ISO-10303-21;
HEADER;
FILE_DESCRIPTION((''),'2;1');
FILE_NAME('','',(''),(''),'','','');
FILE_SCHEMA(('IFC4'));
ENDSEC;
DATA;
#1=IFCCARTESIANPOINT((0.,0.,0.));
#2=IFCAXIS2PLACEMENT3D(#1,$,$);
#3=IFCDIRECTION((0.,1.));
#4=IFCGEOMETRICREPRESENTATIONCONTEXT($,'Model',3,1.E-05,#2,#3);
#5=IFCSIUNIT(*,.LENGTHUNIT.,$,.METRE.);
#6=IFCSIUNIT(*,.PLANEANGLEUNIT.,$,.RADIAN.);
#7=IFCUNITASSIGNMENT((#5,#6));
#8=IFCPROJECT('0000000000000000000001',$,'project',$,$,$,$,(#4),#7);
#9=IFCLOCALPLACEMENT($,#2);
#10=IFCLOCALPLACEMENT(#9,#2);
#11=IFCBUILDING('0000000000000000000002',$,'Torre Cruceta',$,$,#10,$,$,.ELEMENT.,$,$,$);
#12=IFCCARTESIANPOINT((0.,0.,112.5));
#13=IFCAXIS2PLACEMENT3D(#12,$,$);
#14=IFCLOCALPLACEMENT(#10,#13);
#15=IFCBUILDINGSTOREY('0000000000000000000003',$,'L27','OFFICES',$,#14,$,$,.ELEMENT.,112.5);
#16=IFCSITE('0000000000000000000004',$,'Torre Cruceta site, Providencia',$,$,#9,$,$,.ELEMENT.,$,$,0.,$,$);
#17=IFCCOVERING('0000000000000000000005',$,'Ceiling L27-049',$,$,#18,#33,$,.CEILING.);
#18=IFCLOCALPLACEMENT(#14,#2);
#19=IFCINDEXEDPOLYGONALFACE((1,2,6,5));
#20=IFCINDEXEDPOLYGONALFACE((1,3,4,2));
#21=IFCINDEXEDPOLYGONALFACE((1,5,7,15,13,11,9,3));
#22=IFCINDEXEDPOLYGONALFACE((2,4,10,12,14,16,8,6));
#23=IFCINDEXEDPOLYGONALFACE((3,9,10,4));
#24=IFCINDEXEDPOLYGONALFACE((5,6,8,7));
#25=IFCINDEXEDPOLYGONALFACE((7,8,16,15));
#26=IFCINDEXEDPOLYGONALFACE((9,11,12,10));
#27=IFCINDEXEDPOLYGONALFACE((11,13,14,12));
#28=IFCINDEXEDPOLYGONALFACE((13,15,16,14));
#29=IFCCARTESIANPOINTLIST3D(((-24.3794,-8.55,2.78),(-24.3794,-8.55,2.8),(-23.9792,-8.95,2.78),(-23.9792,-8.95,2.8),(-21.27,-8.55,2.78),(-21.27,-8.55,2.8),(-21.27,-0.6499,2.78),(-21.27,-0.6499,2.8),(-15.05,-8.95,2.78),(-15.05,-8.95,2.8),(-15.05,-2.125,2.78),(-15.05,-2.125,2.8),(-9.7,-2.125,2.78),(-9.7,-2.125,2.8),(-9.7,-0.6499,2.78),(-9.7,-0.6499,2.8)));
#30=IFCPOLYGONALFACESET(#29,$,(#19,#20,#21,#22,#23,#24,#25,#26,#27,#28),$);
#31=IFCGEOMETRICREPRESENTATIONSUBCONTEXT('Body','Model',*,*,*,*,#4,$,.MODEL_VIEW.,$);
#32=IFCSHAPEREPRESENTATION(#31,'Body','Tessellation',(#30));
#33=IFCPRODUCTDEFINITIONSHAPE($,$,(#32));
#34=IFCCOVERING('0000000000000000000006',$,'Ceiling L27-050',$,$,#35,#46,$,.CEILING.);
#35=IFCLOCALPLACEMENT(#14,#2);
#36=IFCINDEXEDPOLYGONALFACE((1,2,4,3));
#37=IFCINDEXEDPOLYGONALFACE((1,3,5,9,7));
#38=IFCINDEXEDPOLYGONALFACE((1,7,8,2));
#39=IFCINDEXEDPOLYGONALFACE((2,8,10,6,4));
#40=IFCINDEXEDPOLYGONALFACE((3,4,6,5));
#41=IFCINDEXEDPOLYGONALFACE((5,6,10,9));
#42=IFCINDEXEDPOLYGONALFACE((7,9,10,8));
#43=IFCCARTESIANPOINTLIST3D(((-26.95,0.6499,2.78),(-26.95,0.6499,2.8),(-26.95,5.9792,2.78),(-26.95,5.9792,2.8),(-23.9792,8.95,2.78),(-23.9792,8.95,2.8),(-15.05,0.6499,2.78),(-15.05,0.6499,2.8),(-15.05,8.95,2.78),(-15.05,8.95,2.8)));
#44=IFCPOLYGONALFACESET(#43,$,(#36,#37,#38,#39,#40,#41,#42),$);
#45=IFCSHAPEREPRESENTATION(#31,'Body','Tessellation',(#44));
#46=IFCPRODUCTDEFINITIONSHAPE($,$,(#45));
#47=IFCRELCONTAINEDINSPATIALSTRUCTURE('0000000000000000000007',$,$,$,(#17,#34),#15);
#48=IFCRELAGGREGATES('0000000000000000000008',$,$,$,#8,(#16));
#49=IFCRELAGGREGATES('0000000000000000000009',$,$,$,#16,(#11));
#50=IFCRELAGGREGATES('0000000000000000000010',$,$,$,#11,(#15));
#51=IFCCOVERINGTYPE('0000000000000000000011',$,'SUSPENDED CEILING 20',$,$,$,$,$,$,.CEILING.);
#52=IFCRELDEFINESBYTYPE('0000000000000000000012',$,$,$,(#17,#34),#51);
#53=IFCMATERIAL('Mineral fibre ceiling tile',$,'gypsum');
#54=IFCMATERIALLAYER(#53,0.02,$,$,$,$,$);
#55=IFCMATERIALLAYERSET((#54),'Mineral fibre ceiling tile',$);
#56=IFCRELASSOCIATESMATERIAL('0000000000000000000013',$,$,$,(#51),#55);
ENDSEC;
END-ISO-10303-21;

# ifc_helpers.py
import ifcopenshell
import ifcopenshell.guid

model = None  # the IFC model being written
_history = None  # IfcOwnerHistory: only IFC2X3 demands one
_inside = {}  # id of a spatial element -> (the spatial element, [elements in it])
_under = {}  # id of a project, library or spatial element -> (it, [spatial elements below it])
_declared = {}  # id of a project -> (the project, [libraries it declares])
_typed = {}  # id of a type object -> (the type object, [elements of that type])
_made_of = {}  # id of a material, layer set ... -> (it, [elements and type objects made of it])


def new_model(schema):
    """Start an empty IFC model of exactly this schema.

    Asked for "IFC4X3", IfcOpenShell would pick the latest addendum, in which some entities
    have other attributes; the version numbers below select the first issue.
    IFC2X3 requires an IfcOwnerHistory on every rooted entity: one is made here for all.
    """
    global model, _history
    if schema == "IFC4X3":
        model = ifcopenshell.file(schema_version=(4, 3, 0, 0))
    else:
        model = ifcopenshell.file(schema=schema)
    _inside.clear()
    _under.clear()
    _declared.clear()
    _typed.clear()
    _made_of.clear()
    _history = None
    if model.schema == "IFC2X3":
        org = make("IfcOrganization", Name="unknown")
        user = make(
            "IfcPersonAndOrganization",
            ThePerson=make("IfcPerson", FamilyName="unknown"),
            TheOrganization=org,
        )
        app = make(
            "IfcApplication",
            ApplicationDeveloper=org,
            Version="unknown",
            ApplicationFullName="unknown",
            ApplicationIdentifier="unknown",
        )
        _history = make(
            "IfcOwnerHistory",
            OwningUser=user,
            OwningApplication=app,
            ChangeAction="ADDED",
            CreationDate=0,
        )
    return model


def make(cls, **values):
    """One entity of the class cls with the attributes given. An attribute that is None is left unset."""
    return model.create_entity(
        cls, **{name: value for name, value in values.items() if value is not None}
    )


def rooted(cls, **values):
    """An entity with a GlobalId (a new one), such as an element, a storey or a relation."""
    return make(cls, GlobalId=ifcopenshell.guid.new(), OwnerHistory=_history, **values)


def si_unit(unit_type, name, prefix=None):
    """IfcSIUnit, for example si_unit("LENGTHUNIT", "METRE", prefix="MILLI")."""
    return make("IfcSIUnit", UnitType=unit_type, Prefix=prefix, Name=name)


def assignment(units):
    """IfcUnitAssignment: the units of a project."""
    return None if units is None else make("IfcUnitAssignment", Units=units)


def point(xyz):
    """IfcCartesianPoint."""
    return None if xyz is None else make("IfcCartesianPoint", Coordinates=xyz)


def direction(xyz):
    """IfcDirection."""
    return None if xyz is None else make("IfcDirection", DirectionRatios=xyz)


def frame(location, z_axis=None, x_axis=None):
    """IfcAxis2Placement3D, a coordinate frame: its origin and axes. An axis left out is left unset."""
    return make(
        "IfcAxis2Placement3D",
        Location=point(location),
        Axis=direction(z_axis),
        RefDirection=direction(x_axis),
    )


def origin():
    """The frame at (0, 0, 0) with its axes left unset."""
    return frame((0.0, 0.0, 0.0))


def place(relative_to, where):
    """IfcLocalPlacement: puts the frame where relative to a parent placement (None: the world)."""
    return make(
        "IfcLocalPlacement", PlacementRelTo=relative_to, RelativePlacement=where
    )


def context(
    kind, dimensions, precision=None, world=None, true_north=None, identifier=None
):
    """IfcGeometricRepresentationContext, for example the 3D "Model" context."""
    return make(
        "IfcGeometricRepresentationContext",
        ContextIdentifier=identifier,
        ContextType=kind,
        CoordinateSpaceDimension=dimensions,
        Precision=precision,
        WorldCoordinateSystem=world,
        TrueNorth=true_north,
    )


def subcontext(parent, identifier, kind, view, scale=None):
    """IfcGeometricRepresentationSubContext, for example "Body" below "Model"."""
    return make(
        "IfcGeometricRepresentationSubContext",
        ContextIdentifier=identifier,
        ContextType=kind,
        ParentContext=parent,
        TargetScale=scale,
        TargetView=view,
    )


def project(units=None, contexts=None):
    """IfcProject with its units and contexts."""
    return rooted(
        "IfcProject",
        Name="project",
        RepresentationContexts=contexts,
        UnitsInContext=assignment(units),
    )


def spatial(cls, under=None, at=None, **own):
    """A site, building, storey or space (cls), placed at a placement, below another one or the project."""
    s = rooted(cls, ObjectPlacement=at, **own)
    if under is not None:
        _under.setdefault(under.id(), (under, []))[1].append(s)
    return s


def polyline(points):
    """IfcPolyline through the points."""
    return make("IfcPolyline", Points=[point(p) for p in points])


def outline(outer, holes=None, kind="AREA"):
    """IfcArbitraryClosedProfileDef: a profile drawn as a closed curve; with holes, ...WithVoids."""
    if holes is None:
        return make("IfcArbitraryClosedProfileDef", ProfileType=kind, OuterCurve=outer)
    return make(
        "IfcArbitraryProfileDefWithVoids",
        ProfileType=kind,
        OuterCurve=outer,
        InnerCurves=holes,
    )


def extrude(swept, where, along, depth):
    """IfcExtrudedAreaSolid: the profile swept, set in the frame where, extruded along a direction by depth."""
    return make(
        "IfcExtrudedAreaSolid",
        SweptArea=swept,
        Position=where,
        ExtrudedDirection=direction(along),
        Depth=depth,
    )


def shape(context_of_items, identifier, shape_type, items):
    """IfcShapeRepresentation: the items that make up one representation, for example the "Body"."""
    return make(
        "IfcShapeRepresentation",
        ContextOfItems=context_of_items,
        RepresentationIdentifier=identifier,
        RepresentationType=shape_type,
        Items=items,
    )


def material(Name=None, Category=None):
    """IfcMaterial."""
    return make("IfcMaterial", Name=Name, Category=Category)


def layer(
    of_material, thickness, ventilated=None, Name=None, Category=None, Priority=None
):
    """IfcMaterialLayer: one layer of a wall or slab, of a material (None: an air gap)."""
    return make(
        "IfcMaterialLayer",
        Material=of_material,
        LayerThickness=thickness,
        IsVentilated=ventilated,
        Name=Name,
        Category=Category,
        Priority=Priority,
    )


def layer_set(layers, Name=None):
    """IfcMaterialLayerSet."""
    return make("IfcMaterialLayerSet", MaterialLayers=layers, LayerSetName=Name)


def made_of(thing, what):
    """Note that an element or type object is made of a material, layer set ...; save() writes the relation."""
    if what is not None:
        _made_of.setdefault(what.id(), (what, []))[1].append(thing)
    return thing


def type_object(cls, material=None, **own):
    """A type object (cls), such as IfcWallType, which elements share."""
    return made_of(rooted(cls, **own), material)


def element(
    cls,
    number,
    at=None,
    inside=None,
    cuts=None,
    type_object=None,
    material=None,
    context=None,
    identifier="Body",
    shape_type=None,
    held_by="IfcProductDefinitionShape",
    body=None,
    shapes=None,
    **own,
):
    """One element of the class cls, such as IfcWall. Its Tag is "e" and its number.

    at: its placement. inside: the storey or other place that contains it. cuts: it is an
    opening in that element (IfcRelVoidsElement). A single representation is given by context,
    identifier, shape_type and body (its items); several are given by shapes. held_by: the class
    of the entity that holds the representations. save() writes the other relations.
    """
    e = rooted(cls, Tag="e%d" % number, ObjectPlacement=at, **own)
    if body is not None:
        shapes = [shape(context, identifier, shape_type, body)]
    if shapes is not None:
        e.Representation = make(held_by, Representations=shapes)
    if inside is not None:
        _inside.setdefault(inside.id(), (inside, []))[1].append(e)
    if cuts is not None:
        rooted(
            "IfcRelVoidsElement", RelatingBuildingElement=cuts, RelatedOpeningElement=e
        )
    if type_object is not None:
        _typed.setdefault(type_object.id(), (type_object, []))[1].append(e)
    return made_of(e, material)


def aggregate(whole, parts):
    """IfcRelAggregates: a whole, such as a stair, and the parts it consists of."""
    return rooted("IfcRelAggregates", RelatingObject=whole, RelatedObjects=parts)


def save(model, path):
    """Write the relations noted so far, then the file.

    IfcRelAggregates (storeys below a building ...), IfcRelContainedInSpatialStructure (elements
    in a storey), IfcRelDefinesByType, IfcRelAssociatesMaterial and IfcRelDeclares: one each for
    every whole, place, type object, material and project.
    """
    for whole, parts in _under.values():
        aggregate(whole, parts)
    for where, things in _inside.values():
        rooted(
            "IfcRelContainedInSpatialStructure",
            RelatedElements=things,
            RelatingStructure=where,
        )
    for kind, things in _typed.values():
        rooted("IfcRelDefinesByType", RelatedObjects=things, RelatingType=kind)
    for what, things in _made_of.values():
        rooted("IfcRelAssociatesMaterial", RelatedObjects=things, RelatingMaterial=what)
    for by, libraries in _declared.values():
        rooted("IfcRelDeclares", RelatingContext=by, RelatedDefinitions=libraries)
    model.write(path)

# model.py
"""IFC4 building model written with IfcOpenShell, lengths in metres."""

from ifc_helpers import new_model, si_unit, direction, frame, origin, place, context, subcontext, project, spatial, polyline, outline, extrude, material, layer, layer_set, type_object, element, save


model = new_model("IFC4")

# Units and contexts
model_context = context("Model", 3, precision=1e-05, world=origin(), true_north=direction((0.0, 1.0)))
body_context = subcontext(model_context, "Body", "Model", "MODEL_VIEW")
ifc_project = project(units=[si_unit("LENGTHUNIT", "METRE"), si_unit("PLANEANGLEUNIT", "RADIAN")], contexts=[model_context])

# Site, building, storey
site_placement = place(None, origin())
site = spatial("IfcSite", under=ifc_project, at=site_placement, Name="Torre Cruceta site, Providencia", CompositionType="ELEMENT", RefElevation=0.0)
building_placement = place(site_placement, origin())
building = spatial("IfcBuilding", under=site, at=building_placement, Name="Torre Cruceta", CompositionType="ELEMENT")
storey_placement = place(building_placement, frame((0.0, 0.0, 112.5)))
storey = spatial("IfcBuildingStorey", under=building, at=storey_placement, Name="L27", Description="OFFICES", CompositionType="ELEMENT", Elevation=112.5)

# Coverings
ifc_material_1 = material(Name="Mineral fibre ceiling tile", Category="gypsum")
ifc_layer_1 = layer(ifc_material_1, 0.02)
ifc_layer_set_1 = layer_set([ifc_layer_1], Name="Mineral fibre ceiling tile")
covering_type_1 = type_object("IfcCoveringType", Name="SUSPENDED CEILING 20", PredefinedType="CEILING", material=ifc_layer_set_1)
covering_1_placement = place(storey_placement, frame((0.0, 0.0, 2.78)))
element("IfcCovering", 1, at=covering_1_placement, inside=storey, type_object=covering_type_1, Name="Ceiling L27-049", PredefinedType="CEILING", context=body_context, shape_type="SweptSolid", body=[
    extrude(outline(polyline([(-9.7, -2.125), (-15.05, -2.125), (-15.05, -8.95), (-23.9792, -8.95), (-24.3794, -8.55), (-21.27, -8.55), (-21.27, -0.6499), (-9.7, -0.6499), (-9.7, -2.125)])), origin(), (0.0, 0.0, 1.0), 0.02),
])
covering_2_placement = place(storey_placement, frame((0.0, 0.0, 2.78)))
element("IfcCovering", 2, at=covering_2_placement, inside=storey, type_object=covering_type_1, Name="Ceiling L27-050", PredefinedType="CEILING", context=body_context, shape_type="SweptSolid", body=[
    extrude(outline(polyline([(-23.9792, 8.95), (-15.05, 8.95), (-15.05, 0.6499), (-26.95, 0.6499), (-26.95, 5.9792), (-23.9792, 8.95)])), origin(), (0.0, 0.0, 1.0), 0.02),
])

save(model, "model.ifc")
